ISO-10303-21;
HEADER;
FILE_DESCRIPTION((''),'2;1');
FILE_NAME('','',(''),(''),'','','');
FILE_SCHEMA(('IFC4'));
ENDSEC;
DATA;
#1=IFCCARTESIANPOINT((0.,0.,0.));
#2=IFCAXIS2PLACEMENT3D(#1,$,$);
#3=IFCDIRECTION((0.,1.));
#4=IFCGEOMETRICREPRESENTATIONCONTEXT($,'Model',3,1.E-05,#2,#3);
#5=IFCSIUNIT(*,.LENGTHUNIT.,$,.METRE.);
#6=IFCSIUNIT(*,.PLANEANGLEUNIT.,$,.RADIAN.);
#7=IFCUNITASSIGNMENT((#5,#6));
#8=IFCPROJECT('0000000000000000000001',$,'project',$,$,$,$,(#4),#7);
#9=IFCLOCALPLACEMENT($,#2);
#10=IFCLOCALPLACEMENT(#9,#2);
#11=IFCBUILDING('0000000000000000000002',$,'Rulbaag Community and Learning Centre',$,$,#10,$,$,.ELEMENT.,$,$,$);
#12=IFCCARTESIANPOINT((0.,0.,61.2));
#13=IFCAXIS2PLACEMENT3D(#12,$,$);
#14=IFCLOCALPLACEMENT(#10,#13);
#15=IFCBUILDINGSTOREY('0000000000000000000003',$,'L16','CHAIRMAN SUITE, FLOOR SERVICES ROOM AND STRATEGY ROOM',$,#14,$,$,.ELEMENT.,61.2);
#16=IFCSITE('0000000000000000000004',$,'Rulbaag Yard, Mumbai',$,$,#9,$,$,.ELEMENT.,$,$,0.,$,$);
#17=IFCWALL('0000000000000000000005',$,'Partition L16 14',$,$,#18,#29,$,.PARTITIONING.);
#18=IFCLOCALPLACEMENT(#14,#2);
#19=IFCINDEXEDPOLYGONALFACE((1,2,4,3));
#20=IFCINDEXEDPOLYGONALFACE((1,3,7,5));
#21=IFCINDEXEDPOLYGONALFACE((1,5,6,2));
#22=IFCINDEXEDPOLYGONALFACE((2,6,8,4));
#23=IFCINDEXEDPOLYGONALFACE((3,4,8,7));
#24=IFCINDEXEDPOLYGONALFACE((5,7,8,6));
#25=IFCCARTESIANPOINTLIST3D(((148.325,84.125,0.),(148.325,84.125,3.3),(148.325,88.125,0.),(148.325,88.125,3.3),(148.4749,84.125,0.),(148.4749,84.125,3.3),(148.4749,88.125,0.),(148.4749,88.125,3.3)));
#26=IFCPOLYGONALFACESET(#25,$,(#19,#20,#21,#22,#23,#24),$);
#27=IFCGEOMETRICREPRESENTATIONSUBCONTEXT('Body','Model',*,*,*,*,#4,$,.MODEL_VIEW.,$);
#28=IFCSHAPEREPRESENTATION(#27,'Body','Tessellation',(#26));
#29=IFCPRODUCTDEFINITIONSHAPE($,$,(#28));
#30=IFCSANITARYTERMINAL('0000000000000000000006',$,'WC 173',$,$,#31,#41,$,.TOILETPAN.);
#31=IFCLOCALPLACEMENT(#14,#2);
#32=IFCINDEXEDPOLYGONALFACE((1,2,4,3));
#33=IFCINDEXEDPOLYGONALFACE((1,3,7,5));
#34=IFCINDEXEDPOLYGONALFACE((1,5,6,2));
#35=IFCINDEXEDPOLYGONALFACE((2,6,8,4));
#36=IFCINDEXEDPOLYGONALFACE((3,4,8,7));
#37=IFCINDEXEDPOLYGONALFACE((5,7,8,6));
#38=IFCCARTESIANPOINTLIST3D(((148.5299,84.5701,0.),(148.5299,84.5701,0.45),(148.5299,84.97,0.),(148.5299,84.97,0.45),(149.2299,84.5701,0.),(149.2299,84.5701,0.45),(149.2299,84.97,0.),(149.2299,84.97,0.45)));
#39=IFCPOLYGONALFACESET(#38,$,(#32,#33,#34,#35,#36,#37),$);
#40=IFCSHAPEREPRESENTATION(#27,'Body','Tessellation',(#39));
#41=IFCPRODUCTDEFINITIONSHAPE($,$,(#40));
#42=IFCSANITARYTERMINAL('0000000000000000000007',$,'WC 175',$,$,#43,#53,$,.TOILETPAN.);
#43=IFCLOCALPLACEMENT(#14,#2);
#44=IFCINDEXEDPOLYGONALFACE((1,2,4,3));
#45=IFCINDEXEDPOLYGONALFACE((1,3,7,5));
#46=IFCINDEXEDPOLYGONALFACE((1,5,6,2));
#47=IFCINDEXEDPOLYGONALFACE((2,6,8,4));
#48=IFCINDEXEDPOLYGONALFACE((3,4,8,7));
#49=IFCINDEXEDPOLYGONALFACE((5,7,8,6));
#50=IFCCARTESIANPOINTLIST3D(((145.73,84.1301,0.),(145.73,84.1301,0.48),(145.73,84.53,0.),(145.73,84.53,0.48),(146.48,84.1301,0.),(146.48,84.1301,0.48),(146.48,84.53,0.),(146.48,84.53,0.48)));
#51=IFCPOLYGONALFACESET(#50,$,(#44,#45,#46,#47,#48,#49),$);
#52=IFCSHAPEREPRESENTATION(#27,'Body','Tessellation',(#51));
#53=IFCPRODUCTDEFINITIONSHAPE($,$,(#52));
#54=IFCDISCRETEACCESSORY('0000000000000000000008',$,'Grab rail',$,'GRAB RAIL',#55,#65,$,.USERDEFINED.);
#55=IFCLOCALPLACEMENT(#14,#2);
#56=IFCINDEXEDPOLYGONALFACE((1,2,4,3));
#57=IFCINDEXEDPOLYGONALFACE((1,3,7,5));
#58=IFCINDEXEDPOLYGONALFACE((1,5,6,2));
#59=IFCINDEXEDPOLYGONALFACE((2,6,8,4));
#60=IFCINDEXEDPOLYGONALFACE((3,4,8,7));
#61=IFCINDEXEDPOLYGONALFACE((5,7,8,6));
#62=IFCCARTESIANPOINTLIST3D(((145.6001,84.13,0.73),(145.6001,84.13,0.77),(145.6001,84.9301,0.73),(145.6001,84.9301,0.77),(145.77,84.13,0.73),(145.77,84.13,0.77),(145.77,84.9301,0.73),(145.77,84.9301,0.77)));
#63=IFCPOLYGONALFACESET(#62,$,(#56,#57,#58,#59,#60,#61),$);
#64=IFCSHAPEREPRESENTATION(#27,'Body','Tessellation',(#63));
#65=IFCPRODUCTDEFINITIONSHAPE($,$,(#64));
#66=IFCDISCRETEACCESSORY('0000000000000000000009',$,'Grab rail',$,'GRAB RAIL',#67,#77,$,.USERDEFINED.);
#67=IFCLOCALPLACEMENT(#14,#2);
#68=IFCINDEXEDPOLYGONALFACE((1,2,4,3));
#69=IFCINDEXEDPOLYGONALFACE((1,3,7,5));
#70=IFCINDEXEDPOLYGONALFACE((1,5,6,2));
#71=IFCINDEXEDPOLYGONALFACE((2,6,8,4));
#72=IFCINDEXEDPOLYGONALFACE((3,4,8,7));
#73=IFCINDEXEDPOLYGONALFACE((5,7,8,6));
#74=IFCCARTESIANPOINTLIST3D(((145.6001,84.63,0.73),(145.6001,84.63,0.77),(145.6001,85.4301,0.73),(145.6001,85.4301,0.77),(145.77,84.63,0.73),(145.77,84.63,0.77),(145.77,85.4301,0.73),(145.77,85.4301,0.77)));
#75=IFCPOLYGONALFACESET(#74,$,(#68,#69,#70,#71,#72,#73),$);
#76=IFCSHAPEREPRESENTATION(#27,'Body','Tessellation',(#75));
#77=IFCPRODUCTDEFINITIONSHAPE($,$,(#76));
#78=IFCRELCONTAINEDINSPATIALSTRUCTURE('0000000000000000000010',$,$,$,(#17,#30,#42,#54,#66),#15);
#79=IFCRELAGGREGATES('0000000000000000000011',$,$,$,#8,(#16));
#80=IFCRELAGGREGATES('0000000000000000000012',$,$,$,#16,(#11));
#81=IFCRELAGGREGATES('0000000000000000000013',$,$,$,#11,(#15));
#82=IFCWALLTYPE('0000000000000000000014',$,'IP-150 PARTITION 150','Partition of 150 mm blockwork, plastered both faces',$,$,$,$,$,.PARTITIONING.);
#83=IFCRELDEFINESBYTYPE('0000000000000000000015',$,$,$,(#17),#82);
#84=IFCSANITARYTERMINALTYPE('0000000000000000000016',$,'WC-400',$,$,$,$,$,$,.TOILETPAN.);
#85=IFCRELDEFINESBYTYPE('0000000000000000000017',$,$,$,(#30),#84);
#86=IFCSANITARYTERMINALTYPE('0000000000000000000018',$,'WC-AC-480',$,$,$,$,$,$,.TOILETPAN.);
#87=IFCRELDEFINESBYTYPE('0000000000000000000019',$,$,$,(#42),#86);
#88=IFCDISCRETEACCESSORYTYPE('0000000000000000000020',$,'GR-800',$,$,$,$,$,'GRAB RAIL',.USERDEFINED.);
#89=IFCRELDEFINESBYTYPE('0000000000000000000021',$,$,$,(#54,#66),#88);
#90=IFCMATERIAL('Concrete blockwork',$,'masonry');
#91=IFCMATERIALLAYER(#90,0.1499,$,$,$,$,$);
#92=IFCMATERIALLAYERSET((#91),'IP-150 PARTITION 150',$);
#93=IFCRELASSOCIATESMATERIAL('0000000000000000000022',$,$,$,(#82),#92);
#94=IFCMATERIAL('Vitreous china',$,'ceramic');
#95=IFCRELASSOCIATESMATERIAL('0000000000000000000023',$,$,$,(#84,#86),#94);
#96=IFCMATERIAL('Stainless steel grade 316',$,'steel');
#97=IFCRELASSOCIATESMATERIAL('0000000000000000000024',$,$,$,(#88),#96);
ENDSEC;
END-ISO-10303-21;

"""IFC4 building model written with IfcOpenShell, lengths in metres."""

from ifc_helpers import new_model, si_unit, direction, frame, frame_2d, origin, origin_2d, place, context, subcontext, project, spatial, rectangle, extrude, material, layer, layer_set, type_object, element, save


model = new_model("IFC4")

# Units and contexts
model_context = context("Model", 3, precision=1e-05, world=origin(), true_north=direction((0.0, 1.0)))
body_context = subcontext(model_context, "Body", "Model", "MODEL_VIEW")
ifc_project = project(units=[si_unit("LENGTHUNIT", "METRE"), si_unit("PLANEANGLEUNIT", "RADIAN")], contexts=[model_context])

# Site, building, storey
site_placement = place(None, origin())
site = spatial("IfcSite", under=ifc_project, at=site_placement, Name="Rulbaag Yard, Mumbai", CompositionType="ELEMENT", RefElevation=0.0)
building_placement = place(site_placement, origin())
building = spatial("IfcBuilding", under=site, at=building_placement, Name="Rulbaag Community and Learning Centre", CompositionType="ELEMENT")
storey_placement = place(building_placement, frame((0.0, 0.0, 61.2)))
storey = spatial("IfcBuildingStorey", under=building, at=storey_placement, Name="L16", Description="CHAIRMAN SUITE, FLOOR SERVICES ROOM AND STRATEGY ROOM", CompositionType="ELEMENT", Elevation=61.2)

# Wall
ifc_material_1 = material(Name="Concrete blockwork", Category="masonry")
ifc_layer_1 = layer(ifc_material_1, 0.1499)
ifc_layer_set_1 = layer_set([ifc_layer_1], Name="IP-150 PARTITION 150")
wall_type_1 = type_object("IfcWallType", Name="IP-150 PARTITION 150", Description="Partition of 150 mm blockwork, plastered both faces", PredefinedType="PARTITIONING", material=ifc_layer_set_1)
for number, where, z_axis, x_axis, name in (
    (1, (148.3999, 84.125, 0.0), (0.0, 0.0, 1.0), (0.0, 1.0, 0.0), "Partition L16 14"),
):
    element("IfcWall", number, at=place(storey_placement, frame(where, z_axis=z_axis, x_axis=x_axis)), inside=storey, type_object=wall_type_1, Name=name, PredefinedType="PARTITIONING", context=body_context, shape_type="SweptSolid", body=[
        extrude(rectangle(XDim=4.0, YDim=0.1499, at=frame_2d((2.0, 0.0))), origin(), (0.0, 0.0, 1.0), 3.3),
    ])

# Sanitary terminals
ifc_material_2 = material(Name="Vitreous china", Category="ceramic")
sanitary_terminal_type_1 = type_object("IfcSanitaryTerminalType", Name="WC-400", PredefinedType="TOILETPAN", material=ifc_material_2)
sanitary_terminal_1_placement = place(storey_placement, frame((148.8799, 84.77, 0.0), z_axis=(0.0, 0.0, 1.0), x_axis=(1.0, 0.0, 0.0)))
element("IfcSanitaryTerminal", 2, at=sanitary_terminal_1_placement, inside=storey, type_object=sanitary_terminal_type_1, Name="WC 173", PredefinedType="TOILETPAN", context=body_context, shape_type="SweptSolid", body=[
    extrude(rectangle(XDim=0.7, YDim=0.3999, at=origin_2d()), origin(), (0.0, 0.0, 1.0), 0.45),
])
sanitary_terminal_type_2 = type_object("IfcSanitaryTerminalType", Name="WC-AC-480", PredefinedType="TOILETPAN", material=ifc_material_2)
sanitary_terminal_2_placement = place(storey_placement, frame((146.105, 84.3301, 0.0), z_axis=(0.0, 0.0, 1.0), x_axis=(1.0, 0.0, 0.0)))
element("IfcSanitaryTerminal", 3, at=sanitary_terminal_2_placement, inside=storey, type_object=sanitary_terminal_type_2, Name="WC 175", PredefinedType="TOILETPAN", context=body_context, shape_type="SweptSolid", body=[
    extrude(rectangle(XDim=0.75, YDim=0.3999, at=origin_2d()), origin(), (0.0, 0.0, 1.0), 0.48),
])

# Discrete accessories
ifc_material_3 = material(Name="Stainless steel grade 316", Category="steel")
discrete_accessory_type = type_object("IfcDiscreteAccessoryType", Name="GR-800", ElementType="GRAB RAIL", PredefinedType="USERDEFINED", material=ifc_material_3)
for number, where, z_axis, x_axis, name in (
    (4, (145.6851, 84.53, 0.73), (0.0, 0.0, 1.0), (1.0, 0.0, 0.0), "Grab rail"),
    (5, (145.6851, 85.03, 0.73), (0.0, 0.0, 1.0), (1.0, 0.0, 0.0), "Grab rail"),
):
    element("IfcDiscreteAccessory", number, at=place(storey_placement, frame(where, z_axis=z_axis, x_axis=x_axis)), inside=storey, type_object=discrete_accessory_type, Name=name, ObjectType="GRAB RAIL", PredefinedType="USERDEFINED", context=body_context, shape_type="SweptSolid", body=[
        extrude(rectangle(XDim=0.1699, YDim=0.8, at=origin_2d()), origin(), (0.0, 0.0, 1.0), 0.04),
    ])

save(model, "model.ifc")
